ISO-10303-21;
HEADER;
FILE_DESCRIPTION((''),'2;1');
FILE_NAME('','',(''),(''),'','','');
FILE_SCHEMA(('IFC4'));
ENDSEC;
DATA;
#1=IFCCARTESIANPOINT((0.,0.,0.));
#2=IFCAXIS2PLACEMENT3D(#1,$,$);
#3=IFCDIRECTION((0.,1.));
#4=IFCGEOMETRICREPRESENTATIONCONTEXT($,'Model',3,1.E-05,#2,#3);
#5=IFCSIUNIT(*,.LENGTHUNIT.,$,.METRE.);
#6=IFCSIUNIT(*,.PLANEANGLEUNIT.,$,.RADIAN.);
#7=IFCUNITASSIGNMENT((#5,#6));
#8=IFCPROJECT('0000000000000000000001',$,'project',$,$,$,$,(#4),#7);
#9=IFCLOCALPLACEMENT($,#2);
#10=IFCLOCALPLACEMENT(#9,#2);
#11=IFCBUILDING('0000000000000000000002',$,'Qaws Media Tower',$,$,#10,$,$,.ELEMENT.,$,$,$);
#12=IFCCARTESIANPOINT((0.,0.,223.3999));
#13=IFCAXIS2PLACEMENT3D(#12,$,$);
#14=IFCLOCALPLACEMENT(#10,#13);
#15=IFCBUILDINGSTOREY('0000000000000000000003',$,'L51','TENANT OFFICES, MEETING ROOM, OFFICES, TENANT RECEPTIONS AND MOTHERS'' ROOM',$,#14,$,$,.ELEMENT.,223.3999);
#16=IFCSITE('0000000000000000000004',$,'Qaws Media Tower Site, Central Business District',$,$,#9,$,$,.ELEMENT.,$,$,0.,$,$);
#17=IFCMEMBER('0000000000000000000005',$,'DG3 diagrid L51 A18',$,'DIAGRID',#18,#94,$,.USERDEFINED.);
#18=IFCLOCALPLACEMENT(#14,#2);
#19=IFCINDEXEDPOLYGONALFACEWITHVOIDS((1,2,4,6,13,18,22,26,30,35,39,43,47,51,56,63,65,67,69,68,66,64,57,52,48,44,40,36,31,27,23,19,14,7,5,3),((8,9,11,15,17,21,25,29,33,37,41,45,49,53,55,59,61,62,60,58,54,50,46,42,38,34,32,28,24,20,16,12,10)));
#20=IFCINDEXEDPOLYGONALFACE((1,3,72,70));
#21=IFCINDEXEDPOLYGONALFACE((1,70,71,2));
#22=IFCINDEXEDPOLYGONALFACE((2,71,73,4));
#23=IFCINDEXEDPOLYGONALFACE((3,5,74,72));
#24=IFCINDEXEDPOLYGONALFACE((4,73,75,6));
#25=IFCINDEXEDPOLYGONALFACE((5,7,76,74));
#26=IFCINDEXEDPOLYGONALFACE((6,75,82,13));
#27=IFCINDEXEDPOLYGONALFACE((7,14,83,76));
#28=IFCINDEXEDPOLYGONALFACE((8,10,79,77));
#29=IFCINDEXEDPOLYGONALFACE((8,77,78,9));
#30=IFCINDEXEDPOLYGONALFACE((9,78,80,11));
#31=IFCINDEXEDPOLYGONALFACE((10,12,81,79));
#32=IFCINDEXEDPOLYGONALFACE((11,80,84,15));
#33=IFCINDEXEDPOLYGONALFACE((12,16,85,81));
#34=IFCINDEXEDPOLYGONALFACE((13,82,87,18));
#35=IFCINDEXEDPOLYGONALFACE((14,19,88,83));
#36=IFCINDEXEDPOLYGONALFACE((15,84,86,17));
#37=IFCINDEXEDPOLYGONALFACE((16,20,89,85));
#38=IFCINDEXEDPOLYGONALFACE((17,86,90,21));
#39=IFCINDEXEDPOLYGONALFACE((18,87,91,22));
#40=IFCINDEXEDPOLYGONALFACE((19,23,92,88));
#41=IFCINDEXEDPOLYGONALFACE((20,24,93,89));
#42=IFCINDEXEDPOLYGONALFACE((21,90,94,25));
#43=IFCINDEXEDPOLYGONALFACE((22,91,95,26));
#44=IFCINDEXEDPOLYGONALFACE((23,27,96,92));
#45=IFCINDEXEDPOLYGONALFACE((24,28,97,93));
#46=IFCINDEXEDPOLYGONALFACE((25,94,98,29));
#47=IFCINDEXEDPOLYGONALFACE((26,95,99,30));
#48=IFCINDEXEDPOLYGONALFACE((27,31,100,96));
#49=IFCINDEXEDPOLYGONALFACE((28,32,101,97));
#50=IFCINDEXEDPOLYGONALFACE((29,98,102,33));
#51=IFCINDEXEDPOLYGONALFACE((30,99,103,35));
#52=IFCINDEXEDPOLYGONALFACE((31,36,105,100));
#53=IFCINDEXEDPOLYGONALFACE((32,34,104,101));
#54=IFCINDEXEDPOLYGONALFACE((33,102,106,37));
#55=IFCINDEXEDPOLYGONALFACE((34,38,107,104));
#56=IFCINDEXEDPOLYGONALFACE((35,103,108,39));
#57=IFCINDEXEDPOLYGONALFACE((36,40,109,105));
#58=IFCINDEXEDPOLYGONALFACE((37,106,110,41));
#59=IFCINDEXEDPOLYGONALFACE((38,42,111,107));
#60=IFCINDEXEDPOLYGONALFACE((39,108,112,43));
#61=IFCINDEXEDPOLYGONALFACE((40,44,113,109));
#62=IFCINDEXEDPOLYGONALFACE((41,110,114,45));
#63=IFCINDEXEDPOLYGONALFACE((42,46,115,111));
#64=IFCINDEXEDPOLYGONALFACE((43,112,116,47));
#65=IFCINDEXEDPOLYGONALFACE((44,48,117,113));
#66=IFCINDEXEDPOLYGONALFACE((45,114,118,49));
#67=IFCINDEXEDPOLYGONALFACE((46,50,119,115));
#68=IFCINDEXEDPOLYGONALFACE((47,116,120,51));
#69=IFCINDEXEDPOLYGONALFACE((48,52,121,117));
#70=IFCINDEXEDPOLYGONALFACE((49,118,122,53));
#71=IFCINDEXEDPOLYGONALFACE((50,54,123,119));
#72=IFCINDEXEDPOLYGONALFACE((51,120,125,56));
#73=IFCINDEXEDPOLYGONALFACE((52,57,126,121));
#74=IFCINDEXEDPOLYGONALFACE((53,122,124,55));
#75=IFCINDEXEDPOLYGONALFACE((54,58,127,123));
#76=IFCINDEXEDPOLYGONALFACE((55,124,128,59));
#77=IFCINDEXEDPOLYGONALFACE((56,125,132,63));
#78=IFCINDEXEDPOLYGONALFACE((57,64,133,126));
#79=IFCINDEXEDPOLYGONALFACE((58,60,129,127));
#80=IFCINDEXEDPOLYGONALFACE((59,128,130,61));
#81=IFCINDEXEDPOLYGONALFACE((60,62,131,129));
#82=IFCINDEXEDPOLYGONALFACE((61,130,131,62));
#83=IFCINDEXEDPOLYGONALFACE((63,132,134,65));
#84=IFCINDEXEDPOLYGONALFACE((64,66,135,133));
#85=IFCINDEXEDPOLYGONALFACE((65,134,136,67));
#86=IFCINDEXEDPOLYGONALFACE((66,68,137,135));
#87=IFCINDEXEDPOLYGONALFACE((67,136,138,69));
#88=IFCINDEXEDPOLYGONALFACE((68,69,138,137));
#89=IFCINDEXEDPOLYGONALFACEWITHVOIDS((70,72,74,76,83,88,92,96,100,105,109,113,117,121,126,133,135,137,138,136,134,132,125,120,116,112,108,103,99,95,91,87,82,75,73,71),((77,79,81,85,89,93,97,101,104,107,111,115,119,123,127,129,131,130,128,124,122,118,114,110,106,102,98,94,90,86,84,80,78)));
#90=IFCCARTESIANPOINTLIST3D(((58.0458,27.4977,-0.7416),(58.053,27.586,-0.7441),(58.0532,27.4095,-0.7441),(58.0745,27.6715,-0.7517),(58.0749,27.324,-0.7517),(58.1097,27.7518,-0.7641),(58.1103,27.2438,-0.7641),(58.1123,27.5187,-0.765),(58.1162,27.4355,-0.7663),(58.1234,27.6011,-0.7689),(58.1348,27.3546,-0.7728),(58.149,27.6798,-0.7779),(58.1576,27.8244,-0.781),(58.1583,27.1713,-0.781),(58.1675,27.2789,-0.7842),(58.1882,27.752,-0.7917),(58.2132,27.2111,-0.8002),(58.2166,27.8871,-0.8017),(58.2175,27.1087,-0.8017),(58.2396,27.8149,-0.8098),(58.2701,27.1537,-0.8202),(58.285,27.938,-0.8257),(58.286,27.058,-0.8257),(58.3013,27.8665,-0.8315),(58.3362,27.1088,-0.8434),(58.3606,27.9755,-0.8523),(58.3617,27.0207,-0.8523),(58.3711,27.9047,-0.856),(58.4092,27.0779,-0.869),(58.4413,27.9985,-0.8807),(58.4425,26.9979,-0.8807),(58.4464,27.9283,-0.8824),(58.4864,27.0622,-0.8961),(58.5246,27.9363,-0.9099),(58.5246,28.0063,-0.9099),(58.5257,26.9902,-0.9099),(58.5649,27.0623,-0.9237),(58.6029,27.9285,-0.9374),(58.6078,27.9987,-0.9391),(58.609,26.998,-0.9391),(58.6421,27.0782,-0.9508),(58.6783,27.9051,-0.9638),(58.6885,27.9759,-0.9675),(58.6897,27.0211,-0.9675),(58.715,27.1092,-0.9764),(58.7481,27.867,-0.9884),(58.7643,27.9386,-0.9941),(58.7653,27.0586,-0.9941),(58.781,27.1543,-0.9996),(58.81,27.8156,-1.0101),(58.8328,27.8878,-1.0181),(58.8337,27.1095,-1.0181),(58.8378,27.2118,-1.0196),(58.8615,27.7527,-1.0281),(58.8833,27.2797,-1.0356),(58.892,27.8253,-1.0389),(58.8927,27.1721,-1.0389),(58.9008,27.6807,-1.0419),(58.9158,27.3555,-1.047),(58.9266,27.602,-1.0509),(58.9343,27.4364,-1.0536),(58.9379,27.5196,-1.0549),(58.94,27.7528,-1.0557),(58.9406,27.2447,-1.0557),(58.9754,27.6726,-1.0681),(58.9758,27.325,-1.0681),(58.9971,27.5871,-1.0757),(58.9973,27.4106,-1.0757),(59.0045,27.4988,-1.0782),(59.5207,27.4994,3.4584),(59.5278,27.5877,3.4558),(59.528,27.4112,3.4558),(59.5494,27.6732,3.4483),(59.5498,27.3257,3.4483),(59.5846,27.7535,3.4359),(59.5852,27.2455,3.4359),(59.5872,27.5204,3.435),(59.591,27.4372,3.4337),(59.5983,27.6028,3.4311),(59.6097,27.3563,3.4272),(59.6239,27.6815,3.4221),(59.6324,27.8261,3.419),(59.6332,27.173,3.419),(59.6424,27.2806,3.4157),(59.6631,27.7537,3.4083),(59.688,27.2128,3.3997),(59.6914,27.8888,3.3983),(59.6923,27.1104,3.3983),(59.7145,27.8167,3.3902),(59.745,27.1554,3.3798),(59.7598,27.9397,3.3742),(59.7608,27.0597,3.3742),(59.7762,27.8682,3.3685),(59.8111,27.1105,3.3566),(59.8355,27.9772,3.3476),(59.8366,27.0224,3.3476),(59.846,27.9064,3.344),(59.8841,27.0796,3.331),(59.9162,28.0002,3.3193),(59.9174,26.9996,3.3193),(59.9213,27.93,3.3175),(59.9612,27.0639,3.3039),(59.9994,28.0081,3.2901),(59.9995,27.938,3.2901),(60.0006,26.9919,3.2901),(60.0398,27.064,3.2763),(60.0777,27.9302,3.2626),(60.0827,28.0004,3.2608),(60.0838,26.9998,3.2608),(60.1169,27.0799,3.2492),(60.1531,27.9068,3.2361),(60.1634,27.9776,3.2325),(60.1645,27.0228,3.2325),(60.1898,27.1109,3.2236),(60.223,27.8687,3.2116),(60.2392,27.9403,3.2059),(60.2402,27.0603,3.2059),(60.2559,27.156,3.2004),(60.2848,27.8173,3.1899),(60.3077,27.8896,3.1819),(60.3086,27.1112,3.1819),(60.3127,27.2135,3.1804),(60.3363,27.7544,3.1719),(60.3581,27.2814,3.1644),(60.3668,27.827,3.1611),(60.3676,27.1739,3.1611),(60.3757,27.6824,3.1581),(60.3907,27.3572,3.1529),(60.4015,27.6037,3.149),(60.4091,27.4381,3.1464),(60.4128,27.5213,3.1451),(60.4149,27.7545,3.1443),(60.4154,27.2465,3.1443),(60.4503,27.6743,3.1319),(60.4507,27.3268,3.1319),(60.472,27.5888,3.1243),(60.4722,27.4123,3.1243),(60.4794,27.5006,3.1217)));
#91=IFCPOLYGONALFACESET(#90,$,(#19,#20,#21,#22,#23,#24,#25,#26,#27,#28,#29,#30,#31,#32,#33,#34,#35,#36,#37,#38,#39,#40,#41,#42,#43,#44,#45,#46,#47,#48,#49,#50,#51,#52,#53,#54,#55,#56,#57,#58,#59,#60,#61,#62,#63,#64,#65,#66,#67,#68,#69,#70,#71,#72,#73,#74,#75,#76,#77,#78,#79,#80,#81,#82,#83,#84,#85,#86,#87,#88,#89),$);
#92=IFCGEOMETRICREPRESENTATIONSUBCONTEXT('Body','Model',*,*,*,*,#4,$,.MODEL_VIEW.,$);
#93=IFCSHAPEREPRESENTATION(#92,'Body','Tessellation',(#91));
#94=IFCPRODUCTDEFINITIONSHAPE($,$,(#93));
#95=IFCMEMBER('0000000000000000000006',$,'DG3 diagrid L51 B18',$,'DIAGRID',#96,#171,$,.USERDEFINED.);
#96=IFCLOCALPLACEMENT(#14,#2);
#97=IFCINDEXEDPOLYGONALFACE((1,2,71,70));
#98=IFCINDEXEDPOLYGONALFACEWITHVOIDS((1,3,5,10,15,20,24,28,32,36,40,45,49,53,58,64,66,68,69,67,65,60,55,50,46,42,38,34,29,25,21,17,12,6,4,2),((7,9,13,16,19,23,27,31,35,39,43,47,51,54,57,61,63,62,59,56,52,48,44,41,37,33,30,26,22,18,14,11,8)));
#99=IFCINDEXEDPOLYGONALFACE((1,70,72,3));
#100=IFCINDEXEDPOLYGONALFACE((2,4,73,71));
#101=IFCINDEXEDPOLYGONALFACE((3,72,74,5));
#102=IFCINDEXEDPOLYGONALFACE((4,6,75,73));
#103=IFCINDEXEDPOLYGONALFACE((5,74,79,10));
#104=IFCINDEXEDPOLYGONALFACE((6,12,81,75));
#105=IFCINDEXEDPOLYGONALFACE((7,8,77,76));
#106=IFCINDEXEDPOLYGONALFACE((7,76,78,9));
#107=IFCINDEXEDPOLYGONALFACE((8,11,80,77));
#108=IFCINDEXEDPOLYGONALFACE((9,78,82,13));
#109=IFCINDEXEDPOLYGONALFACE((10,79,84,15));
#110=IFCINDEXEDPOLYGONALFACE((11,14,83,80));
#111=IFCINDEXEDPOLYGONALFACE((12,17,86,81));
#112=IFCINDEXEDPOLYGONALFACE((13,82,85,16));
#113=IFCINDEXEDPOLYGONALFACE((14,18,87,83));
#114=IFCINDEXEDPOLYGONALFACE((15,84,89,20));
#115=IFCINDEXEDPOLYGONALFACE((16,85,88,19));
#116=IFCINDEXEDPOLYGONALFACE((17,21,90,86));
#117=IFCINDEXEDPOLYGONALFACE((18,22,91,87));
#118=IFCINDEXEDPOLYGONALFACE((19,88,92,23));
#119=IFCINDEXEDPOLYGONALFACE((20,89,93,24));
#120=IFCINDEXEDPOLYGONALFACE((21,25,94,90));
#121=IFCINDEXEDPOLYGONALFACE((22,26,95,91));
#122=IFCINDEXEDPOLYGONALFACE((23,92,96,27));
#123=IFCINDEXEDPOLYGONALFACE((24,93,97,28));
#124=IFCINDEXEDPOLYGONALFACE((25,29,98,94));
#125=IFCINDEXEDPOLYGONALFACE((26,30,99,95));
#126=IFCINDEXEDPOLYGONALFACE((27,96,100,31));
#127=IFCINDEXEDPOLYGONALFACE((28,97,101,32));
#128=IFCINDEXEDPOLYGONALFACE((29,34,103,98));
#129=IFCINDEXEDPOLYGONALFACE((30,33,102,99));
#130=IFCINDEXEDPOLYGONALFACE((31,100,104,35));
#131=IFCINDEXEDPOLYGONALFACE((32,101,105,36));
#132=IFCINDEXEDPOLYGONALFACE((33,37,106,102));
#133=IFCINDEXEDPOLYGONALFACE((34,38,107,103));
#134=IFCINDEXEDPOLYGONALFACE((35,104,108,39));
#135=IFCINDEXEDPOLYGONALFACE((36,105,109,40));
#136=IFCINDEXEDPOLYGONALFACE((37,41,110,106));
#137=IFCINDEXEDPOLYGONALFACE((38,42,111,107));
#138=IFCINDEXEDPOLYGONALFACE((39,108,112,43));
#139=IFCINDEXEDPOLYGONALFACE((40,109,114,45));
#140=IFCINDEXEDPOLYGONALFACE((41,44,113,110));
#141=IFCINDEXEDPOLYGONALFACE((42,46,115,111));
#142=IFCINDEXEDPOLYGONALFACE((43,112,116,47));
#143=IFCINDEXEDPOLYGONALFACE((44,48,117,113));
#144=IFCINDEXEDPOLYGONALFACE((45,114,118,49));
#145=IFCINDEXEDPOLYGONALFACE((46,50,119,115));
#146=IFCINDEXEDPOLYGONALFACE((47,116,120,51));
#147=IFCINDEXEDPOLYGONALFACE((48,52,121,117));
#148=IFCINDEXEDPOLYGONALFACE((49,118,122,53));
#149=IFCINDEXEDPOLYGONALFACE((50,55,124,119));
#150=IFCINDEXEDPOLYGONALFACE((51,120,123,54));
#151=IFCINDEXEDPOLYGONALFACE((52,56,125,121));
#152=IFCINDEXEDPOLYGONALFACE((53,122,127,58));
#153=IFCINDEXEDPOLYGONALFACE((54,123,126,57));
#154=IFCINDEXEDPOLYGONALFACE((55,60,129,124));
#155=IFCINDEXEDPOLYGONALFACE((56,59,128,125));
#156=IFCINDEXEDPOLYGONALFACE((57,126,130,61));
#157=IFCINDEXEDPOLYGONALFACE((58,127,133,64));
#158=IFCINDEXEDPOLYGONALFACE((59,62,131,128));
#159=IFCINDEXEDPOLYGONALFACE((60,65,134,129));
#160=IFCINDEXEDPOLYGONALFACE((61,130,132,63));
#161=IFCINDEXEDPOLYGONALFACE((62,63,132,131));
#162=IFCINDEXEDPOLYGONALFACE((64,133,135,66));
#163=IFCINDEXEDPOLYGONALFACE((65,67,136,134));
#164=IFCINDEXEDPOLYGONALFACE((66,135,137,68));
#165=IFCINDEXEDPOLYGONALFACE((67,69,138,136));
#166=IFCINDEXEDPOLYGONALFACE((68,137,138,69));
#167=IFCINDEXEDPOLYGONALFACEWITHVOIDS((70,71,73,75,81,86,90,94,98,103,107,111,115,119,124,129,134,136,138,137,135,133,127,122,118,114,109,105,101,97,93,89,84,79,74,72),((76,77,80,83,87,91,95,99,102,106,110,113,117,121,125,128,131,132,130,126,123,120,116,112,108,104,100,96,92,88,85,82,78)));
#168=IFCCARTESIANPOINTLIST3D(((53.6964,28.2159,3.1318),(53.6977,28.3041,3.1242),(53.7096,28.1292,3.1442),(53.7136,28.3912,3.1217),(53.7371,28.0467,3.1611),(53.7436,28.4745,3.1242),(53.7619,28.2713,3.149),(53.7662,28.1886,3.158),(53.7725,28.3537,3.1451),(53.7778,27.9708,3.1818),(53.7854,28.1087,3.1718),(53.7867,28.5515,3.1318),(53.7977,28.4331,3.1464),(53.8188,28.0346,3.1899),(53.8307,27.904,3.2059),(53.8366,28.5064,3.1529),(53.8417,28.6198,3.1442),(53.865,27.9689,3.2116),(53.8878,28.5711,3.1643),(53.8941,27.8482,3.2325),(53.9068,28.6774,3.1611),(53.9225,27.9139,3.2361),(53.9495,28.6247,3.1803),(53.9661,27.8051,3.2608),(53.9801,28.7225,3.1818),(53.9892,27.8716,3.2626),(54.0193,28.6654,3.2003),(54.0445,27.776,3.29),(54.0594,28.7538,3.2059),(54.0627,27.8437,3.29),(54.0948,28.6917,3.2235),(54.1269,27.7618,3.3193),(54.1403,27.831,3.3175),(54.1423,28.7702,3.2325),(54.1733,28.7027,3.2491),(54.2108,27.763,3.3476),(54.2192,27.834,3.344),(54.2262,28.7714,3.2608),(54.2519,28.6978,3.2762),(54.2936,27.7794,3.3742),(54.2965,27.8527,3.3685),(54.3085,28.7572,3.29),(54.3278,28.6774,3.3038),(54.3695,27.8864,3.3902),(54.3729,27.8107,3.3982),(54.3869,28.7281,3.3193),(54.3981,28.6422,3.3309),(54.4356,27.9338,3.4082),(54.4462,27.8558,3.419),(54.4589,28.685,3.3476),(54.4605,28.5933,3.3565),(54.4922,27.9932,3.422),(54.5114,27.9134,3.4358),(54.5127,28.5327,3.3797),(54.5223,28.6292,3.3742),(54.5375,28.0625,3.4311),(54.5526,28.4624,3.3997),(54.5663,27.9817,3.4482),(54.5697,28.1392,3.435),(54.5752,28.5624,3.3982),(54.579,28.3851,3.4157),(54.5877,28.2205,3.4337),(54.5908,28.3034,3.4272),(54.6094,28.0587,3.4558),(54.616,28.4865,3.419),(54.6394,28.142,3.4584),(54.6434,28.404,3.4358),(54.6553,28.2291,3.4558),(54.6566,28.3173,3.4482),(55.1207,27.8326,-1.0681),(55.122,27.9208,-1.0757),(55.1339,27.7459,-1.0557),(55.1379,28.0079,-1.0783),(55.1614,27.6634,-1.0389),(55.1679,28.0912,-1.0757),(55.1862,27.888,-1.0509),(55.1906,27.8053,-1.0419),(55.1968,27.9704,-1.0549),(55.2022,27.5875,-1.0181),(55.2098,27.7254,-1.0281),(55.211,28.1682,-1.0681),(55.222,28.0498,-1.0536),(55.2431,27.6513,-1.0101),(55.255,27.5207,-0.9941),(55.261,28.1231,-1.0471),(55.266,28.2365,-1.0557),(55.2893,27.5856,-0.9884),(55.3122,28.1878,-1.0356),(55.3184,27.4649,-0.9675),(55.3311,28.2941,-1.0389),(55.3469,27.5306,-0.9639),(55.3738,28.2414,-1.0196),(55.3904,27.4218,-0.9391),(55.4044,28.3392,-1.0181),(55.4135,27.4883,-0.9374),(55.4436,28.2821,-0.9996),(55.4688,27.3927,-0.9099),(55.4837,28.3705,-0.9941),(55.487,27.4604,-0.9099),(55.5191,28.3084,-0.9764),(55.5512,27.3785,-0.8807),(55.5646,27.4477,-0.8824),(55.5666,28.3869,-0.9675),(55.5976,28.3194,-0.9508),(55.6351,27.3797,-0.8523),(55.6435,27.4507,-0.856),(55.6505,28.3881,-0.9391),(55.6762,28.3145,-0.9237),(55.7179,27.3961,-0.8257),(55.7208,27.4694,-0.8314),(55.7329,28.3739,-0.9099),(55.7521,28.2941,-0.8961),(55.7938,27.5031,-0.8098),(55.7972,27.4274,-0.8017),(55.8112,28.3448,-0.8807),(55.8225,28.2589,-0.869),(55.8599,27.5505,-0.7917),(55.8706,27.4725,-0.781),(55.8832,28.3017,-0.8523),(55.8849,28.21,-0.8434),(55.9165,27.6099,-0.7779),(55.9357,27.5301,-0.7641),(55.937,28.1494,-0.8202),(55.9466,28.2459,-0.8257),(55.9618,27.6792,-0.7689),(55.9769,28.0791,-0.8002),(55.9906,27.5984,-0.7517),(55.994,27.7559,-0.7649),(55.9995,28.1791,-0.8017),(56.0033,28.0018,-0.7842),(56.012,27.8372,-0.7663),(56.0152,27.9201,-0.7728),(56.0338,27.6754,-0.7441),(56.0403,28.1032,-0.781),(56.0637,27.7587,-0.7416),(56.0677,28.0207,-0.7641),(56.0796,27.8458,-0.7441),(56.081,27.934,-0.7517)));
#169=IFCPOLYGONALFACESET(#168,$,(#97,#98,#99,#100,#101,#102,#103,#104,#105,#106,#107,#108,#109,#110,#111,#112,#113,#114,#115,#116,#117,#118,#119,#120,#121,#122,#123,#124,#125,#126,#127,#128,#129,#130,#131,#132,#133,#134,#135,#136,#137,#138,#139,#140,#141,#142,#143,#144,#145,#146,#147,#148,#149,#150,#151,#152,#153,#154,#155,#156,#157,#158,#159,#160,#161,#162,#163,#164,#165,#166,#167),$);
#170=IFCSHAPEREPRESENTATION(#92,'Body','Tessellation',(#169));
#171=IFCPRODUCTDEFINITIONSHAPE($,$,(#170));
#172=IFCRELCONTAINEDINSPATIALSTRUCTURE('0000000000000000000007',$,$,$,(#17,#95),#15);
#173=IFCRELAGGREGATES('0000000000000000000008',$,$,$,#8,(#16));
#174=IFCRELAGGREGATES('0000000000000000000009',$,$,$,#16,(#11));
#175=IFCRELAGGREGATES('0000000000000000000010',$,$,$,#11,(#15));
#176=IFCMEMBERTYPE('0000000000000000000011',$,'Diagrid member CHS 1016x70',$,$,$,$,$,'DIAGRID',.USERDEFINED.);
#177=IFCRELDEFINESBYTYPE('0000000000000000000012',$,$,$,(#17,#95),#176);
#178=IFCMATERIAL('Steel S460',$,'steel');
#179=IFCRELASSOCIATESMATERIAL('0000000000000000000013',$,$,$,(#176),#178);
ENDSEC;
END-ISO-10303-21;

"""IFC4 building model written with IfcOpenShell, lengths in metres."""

from ifc_helpers import new_model, si_unit, direction, frame, origin, origin_2d, place, context, subcontext, project, spatial, hollow_circle, extrude, material, material_profile, profile_set, type_object, element, save


model = new_model("IFC4")

# Units and contexts
model_context = context("Model", 3, precision=1e-05, world=origin(), true_north=direction((0.0, 1.0)))
body_context = subcontext(model_context, "Body", "Model", "MODEL_VIEW")
ifc_project = project(units=[si_unit("LENGTHUNIT", "METRE"), si_unit("PLANEANGLEUNIT", "RADIAN")], contexts=[model_context])

# Site, building, storey
site_placement = place(None, origin())
site = spatial("IfcSite", under=ifc_project, at=site_placement, Name="Qaws Media Tower Site, Central Business District", CompositionType="ELEMENT", RefElevation=0.0)
building_placement = place(site_placement, origin())
building = spatial("IfcBuilding", under=site, at=building_placement, Name="Qaws Media Tower", CompositionType="ELEMENT")
storey_placement = place(building_placement, frame((0.0, 0.0, 223.3999)))
storey = spatial("IfcBuildingStorey", under=building, at=storey_placement, Name="L51", Description="TENANT OFFICES, MEETING ROOM, OFFICES, TENANT RECEPTIONS AND MOTHERS' ROOM", CompositionType="ELEMENT", Elevation=223.3999)

# Members
ifc_material_1 = material(Name="Steel S460", Category="steel")
ifc_material_profile_1 = material_profile(ifc_material_1, hollow_circle(Radius=0.5081, WallThickness=0.0701, at=origin_2d()), Name="CHS 1016x70")
ifc_profile_set_1 = profile_set([ifc_material_profile_1], Name="Steel S460")
member_type_1 = type_object("IfcMemberType", Name="Diagrid member CHS 1016x70", ElementType="DIAGRID", PredefinedType="USERDEFINED", material=ifc_profile_set_1)
for number, where, z_axis, x_axis, name in (
    (1, (58.5251, 27.4983, -0.9099), (0.331325, 0.000384, 0.943517), (-0.001159, 0.999999, 0.0), "DG3 diagrid L51 A18"),
    (2, (55.6008, 27.8833, -0.9099), (-0.319969, 0.086107, 0.943507), (-0.259867, -0.965645, 0.0), "DG3 diagrid L51 B18"),
):
    element("IfcMember", number, at=place(storey_placement, frame(where, z_axis=z_axis, x_axis=x_axis)), inside=storey, type_object=member_type_1, Name=name, ObjectType="DIAGRID", PredefinedType="USERDEFINED", context=body_context, shape_type="SweptSolid", body=[
        extrude(hollow_circle(Radius=0.5081, WallThickness=0.0701, at=origin_2d()), origin(), (0.0, 0.0, 1.0), 4.4514),
    ])

save(model, "model.ifc")
